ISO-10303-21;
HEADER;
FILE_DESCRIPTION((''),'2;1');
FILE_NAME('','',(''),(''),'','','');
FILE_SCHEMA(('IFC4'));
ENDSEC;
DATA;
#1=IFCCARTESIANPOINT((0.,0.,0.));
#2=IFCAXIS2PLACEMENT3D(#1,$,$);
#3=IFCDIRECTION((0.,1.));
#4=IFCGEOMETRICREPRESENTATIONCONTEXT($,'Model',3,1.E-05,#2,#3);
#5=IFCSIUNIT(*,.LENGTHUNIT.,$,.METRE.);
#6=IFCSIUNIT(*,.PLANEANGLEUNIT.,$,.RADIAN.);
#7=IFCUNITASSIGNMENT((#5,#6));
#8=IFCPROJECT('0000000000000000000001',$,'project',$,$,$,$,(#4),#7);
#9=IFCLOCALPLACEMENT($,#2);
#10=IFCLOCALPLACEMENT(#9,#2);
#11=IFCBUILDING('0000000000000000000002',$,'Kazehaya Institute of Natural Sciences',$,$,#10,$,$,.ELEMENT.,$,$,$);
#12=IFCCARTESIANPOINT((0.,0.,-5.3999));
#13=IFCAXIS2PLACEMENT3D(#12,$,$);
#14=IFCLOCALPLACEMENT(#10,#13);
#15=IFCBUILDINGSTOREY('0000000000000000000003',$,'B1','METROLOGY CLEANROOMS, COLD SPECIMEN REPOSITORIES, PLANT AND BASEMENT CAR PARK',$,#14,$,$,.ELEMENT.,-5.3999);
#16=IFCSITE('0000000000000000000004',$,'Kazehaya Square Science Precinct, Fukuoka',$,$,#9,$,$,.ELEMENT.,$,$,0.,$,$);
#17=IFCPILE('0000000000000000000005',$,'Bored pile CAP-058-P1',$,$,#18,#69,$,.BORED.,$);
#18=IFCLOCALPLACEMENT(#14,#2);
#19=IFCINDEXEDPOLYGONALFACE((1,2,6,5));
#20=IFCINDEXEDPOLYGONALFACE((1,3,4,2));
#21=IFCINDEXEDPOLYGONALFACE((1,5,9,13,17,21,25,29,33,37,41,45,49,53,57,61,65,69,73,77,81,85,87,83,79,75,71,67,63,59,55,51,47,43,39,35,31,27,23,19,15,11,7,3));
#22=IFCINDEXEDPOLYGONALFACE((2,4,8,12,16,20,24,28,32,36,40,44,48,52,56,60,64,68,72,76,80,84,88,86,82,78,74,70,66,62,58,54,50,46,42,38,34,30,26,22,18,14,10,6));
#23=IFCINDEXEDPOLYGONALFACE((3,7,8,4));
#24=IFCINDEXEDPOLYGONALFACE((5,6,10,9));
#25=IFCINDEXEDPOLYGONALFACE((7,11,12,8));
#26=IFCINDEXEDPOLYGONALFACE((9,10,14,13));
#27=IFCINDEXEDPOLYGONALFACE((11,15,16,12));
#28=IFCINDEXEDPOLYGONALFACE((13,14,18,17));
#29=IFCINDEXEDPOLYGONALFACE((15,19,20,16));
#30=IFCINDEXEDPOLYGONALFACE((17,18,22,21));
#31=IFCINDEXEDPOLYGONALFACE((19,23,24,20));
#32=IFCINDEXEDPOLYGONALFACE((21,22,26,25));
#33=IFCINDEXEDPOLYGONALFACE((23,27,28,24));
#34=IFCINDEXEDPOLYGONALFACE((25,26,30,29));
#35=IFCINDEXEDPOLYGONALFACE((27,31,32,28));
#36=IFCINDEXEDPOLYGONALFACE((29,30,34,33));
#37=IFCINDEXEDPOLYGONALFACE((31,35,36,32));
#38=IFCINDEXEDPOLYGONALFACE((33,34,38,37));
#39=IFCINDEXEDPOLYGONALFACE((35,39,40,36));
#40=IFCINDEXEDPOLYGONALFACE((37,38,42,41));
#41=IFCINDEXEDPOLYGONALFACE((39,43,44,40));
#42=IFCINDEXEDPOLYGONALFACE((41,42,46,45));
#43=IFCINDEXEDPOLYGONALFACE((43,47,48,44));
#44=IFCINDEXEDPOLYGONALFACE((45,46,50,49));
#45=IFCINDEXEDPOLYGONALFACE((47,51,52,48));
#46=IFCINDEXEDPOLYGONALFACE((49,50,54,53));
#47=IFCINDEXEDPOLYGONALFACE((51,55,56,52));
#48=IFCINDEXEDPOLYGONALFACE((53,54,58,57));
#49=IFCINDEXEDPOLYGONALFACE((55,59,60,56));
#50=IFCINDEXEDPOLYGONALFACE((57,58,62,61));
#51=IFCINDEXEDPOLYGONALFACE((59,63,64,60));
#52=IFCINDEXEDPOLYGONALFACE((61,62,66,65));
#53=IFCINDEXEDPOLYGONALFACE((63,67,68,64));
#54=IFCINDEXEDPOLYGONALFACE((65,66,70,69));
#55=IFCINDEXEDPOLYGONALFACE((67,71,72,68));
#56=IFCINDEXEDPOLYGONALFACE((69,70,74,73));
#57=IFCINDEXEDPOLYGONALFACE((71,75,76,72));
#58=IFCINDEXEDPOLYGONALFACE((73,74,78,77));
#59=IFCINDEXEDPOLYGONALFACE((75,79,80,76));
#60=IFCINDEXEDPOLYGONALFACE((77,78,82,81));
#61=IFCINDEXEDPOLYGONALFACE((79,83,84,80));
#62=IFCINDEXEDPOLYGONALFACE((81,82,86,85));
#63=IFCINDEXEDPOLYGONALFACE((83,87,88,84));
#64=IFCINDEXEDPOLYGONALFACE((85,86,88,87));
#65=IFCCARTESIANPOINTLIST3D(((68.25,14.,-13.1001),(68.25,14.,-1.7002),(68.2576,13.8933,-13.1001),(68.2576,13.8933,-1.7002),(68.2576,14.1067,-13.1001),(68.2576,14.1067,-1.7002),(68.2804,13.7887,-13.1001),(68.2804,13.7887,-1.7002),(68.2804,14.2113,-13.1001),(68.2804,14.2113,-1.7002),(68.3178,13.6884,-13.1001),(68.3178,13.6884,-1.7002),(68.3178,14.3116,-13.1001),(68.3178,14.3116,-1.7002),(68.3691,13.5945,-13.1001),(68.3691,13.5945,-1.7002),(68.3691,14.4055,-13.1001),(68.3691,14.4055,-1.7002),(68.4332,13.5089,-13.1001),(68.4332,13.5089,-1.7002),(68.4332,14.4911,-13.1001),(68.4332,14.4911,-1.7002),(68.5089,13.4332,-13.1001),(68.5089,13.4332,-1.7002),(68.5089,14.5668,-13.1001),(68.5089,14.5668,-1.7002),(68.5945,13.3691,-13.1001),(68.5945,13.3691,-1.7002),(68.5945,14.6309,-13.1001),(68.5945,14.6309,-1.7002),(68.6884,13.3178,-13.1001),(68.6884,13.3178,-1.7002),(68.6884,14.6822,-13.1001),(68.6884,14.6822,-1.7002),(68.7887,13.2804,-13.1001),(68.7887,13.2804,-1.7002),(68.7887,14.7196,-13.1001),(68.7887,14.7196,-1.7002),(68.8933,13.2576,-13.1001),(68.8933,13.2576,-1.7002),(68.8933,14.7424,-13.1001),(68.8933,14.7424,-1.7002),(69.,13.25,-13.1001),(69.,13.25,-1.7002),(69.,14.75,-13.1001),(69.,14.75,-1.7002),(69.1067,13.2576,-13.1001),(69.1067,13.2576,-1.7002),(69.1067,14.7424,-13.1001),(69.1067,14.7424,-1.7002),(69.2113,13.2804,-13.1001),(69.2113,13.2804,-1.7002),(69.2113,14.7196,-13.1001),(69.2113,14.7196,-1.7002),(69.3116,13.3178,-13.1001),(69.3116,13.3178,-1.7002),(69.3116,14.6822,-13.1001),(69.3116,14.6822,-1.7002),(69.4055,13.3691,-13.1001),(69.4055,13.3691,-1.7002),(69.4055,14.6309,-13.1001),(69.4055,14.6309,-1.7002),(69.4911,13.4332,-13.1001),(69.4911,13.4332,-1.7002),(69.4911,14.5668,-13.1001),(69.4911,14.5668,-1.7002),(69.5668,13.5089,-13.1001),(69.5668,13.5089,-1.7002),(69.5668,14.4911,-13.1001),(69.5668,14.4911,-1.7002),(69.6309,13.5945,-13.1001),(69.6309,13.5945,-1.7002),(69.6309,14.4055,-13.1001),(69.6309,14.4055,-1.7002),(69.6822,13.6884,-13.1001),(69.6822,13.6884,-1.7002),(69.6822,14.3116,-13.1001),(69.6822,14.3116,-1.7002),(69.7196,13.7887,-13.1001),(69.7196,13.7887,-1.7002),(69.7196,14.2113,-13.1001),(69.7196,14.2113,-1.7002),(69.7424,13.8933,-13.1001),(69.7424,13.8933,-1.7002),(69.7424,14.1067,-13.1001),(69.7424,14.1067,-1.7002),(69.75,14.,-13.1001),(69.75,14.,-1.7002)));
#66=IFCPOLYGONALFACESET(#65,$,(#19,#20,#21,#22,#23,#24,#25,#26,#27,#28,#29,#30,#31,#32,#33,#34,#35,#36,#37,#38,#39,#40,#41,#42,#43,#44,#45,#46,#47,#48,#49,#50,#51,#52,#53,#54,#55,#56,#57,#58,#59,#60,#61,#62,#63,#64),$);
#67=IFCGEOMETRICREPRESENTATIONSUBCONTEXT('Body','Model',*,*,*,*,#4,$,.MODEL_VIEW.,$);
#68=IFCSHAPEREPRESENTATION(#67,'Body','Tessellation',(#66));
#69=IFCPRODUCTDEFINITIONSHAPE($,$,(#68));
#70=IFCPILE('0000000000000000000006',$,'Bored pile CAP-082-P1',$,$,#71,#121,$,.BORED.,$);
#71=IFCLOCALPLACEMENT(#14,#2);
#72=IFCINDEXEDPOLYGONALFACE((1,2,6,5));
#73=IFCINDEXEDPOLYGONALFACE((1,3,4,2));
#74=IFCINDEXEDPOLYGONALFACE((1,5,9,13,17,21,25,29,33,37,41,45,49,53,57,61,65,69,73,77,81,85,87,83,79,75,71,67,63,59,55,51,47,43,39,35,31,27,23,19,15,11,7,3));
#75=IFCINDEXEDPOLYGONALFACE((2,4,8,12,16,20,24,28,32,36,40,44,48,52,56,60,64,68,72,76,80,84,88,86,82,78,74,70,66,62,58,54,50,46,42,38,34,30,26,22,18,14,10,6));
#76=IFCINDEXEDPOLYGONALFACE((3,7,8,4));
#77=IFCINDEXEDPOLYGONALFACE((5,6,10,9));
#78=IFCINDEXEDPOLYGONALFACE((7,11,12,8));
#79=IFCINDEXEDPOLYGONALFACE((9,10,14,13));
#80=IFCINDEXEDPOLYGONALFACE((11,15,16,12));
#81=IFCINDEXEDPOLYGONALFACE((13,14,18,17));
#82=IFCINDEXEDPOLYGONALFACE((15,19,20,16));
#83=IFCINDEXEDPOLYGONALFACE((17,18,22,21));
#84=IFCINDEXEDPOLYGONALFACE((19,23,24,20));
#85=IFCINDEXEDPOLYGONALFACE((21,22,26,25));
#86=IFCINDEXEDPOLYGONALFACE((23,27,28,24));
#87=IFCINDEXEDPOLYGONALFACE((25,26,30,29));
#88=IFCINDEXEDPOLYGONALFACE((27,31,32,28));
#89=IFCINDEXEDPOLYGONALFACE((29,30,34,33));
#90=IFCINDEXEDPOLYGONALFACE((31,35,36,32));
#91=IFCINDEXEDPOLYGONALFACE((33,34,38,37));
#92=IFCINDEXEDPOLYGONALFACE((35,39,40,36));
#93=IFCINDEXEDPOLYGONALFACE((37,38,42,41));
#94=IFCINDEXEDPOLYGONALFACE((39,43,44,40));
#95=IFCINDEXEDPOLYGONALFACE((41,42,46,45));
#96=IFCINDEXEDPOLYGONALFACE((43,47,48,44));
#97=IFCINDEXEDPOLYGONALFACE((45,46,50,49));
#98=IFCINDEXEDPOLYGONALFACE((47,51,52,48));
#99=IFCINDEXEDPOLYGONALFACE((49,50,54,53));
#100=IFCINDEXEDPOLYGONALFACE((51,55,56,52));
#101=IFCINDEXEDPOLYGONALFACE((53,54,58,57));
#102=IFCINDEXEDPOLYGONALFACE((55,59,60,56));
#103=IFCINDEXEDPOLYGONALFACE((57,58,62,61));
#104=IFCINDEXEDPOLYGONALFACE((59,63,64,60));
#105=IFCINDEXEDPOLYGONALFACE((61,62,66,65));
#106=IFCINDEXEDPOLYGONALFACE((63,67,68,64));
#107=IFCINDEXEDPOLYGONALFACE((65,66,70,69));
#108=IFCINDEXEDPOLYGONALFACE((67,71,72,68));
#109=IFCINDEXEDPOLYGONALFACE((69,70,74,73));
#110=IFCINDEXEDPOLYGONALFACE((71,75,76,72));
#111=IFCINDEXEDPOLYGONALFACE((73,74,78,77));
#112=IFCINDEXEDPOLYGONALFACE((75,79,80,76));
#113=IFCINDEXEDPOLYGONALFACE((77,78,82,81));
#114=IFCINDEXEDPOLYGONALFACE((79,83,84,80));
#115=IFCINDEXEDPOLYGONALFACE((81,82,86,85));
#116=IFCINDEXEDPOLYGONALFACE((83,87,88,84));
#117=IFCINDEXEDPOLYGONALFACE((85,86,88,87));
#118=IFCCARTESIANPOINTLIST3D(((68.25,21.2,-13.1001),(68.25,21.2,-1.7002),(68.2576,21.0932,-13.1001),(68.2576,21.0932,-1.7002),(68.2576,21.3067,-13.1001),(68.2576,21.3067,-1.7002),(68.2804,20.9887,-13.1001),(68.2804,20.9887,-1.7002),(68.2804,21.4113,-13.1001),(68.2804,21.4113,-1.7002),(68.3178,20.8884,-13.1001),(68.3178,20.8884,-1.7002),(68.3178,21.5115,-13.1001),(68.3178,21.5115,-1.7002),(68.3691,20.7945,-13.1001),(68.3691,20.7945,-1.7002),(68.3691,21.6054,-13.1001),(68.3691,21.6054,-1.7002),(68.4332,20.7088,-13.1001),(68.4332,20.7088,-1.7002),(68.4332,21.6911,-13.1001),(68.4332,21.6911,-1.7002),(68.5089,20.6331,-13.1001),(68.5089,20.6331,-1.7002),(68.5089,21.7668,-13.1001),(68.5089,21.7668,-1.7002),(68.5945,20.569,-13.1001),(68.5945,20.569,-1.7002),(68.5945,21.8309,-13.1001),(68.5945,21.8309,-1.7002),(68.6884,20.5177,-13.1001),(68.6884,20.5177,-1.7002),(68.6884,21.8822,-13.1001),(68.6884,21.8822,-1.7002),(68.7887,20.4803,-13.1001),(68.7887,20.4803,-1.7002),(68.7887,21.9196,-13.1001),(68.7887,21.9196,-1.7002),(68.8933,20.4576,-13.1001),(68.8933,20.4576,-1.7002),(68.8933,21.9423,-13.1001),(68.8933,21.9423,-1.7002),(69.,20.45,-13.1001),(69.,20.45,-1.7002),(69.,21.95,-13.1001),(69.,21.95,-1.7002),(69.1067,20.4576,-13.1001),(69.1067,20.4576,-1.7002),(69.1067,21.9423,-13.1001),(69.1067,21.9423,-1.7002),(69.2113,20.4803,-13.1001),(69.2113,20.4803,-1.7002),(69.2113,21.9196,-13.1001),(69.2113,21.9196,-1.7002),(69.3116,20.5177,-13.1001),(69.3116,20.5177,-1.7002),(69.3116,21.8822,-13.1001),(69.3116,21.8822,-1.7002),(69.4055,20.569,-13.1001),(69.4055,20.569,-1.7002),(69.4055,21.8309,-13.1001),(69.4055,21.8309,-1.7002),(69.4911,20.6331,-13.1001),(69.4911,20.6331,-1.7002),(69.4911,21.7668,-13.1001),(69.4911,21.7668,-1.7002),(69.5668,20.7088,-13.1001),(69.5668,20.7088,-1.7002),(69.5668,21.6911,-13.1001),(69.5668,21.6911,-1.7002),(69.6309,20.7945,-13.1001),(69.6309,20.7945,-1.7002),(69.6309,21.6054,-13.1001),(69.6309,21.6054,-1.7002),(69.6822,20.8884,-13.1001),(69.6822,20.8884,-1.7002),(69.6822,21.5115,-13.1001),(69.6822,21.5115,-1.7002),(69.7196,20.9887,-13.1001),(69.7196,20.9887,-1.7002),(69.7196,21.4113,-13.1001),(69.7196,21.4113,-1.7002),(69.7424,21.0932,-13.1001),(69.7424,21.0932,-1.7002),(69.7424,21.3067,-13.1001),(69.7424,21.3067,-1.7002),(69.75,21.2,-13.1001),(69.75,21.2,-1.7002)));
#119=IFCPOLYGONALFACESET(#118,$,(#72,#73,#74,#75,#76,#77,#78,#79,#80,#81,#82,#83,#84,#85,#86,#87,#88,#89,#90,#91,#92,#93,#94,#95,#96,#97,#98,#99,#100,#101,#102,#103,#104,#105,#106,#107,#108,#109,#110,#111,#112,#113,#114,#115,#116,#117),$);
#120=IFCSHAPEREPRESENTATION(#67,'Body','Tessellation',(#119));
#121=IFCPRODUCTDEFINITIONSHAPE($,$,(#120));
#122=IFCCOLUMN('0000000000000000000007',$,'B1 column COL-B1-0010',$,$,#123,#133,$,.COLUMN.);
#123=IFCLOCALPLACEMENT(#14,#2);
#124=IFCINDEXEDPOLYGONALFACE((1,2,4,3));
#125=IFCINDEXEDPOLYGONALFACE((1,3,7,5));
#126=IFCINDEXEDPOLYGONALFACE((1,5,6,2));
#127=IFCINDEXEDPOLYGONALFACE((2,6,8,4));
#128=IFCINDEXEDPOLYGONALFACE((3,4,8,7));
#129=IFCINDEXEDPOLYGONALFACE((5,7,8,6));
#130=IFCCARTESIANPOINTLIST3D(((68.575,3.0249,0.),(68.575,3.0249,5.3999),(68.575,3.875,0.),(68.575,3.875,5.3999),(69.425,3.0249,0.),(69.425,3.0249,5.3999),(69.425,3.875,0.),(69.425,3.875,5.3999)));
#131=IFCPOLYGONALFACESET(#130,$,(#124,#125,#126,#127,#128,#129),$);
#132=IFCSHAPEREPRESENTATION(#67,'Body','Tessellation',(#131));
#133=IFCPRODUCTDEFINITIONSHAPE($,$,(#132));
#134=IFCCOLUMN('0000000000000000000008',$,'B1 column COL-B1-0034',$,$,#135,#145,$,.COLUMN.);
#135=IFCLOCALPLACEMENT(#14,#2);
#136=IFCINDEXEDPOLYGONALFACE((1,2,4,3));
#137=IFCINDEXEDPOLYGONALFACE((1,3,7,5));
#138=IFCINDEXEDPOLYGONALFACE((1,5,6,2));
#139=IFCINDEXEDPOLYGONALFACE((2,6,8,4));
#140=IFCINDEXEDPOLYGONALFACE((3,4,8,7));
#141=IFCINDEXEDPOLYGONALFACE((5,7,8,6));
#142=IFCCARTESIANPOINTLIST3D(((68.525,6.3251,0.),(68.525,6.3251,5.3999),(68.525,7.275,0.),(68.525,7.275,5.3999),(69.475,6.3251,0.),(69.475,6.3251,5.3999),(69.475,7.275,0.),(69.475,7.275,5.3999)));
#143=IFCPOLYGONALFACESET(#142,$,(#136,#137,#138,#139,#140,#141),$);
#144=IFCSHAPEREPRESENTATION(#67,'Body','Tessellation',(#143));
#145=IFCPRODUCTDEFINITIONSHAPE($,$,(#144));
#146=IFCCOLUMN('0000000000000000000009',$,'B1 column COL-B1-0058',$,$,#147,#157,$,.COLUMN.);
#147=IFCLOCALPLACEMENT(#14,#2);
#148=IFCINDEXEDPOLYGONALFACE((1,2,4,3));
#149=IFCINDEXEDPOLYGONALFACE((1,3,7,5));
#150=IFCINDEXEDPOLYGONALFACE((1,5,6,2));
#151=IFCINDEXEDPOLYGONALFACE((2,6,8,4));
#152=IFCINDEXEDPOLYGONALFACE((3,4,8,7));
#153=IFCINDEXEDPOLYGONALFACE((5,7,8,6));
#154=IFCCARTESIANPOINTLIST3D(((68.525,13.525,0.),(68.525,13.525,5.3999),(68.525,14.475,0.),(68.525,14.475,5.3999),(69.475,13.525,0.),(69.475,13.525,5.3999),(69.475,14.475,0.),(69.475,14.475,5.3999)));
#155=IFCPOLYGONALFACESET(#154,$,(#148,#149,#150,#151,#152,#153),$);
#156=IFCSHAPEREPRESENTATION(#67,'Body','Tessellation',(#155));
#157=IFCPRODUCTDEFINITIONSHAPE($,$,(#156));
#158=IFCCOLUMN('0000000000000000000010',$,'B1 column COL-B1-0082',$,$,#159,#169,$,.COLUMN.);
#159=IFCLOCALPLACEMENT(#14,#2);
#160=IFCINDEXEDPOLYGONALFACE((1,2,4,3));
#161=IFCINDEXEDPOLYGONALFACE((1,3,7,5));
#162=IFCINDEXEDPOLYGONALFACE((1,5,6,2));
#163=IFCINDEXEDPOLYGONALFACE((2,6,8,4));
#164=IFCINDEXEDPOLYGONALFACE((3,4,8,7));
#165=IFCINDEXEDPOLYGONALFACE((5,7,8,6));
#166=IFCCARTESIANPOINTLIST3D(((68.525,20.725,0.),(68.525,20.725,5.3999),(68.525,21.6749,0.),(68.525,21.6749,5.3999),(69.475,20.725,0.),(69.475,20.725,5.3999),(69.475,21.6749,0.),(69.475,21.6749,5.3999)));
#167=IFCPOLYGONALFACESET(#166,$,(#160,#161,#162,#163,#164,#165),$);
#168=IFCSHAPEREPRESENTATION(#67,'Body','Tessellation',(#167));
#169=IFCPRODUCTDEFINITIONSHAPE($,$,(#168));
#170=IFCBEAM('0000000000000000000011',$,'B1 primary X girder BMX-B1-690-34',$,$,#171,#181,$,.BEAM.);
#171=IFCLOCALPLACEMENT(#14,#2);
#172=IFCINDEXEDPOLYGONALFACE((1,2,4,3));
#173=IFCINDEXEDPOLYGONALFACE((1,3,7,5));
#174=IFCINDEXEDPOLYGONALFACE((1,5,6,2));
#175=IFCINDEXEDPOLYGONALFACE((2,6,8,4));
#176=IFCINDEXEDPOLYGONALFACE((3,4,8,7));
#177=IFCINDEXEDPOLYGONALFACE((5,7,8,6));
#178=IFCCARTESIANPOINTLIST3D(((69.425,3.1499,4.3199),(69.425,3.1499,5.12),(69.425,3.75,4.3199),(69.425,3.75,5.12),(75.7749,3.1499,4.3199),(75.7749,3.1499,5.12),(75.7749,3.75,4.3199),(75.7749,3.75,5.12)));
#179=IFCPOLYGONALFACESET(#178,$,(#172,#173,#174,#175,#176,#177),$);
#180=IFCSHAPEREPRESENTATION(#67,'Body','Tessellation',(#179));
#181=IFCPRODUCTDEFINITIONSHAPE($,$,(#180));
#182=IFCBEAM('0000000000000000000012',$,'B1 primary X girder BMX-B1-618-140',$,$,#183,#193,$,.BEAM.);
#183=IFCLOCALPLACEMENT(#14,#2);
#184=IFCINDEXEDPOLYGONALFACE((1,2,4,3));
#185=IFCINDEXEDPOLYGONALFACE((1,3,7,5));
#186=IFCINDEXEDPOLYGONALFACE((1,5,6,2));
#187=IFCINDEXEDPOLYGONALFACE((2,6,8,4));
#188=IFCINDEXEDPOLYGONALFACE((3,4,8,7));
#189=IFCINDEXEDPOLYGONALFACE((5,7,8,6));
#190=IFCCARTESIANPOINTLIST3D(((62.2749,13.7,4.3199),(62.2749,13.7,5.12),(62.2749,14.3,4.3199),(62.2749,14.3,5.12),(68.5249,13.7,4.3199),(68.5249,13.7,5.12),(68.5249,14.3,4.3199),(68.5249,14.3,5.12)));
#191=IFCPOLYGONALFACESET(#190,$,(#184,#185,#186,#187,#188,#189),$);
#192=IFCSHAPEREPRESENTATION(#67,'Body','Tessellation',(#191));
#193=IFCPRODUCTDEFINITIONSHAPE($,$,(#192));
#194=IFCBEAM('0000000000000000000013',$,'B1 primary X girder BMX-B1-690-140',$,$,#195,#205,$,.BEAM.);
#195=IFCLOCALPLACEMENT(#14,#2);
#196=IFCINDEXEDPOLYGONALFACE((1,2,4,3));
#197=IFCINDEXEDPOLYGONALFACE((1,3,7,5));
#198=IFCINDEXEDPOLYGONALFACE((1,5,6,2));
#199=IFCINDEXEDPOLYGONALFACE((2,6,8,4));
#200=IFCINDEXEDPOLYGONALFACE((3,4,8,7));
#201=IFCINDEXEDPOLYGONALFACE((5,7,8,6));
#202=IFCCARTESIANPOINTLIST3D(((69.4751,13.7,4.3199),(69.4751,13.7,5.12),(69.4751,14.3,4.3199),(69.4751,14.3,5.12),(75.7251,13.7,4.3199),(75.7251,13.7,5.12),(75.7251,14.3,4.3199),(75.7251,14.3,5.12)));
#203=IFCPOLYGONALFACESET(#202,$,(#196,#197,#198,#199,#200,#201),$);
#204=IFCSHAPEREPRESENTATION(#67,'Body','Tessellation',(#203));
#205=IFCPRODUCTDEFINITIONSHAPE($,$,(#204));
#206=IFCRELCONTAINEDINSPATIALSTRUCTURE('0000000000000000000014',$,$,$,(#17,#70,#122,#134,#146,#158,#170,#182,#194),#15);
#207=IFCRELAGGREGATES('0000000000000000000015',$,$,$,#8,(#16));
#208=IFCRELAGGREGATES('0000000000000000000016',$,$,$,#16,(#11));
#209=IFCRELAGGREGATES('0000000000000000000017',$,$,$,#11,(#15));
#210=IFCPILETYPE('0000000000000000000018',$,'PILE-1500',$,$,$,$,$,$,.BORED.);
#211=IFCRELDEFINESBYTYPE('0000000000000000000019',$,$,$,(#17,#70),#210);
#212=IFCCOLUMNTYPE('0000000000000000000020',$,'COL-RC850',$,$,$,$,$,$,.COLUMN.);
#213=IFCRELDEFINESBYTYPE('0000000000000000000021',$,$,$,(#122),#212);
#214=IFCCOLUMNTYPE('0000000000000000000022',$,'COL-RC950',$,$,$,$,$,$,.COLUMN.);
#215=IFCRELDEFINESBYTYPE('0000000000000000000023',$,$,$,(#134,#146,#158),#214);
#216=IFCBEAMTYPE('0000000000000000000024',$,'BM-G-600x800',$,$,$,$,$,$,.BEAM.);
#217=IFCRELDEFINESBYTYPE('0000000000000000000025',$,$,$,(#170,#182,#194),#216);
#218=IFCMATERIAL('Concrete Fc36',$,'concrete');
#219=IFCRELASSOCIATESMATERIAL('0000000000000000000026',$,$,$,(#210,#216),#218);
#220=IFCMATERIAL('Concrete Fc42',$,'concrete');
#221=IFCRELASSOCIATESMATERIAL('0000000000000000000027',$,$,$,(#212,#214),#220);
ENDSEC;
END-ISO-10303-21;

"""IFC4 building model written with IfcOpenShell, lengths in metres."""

from ifc_helpers import new_model, si_unit, direction, frame, origin, origin_2d, place, context, subcontext, project, spatial, rectangle, circle, extrude, material, material_profile, profile_set, type_object, element, save


model = new_model("IFC4")

# Units and contexts
model_context = context("Model", 3, precision=1e-05, world=origin(), true_north=direction((0.0, 1.0)))
body_context = subcontext(model_context, "Body", "Model", "MODEL_VIEW")
ifc_project = project(units=[si_unit("LENGTHUNIT", "METRE"), si_unit("PLANEANGLEUNIT", "RADIAN")], contexts=[model_context])

# Site, building, storey
site_placement = place(None, origin())
site = spatial("IfcSite", under=ifc_project, at=site_placement, Name="Kazehaya Square Science Precinct, Fukuoka", CompositionType="ELEMENT", RefElevation=0.0)
building_placement = place(site_placement, origin())
building = spatial("IfcBuilding", under=site, at=building_placement, Name="Kazehaya Institute of Natural Sciences", CompositionType="ELEMENT")
storey_placement = place(building_placement, frame((0.0, 0.0, -5.3999)))
storey = spatial("IfcBuildingStorey", under=building, at=storey_placement, Name="B1", Description="METROLOGY CLEANROOMS, COLD SPECIMEN REPOSITORIES, PLANT AND BASEMENT CAR PARK", CompositionType="ELEMENT", Elevation=-5.3999)

# Shared definitions
ifc_material_1 = material(Name="Concrete Fc36", Category="concrete")

# Piles
ifc_material_profile_1 = material_profile(ifc_material_1, circle(Radius=0.75, at=origin_2d()), Name="PILE-1500")
ifc_profile_set_1 = profile_set([ifc_material_profile_1], Name="Concrete Fc36")
pile_type_1 = type_object("IfcPileType", Name="PILE-1500", PredefinedType="BORED", material=ifc_profile_set_1)
for number, where, z_axis, x_axis, name in (
    (1, (69.0, 14.0, -1.7002), (0.0, 0.0, -1.0), (1.0, 0.0, 0.0), "Bored pile CAP-058-P1"),
    (2, (69.0, 21.2, -1.7002), (0.0, 0.0, -1.0), (1.0, 0.0, 0.0), "Bored pile CAP-082-P1"),
):
    element("IfcPile", number, at=place(storey_placement, frame(where, z_axis=z_axis, x_axis=x_axis)), inside=storey, type_object=pile_type_1, Name=name, PredefinedType="BORED", context=body_context, shape_type="SweptSolid", body=[
        extrude(circle(Radius=0.75, at=origin_2d()), origin(), (0.0, 0.0, 1.0), 11.3999),
    ])

# Columns
ifc_material_2 = material(Name="Concrete Fc42", Category="concrete")
ifc_material_profile_2 = material_profile(ifc_material_2, rectangle(XDim=0.8501, YDim=0.8501, at=origin_2d()), Name="RC-850x850")
ifc_profile_set_2 = profile_set([ifc_material_profile_2], Name="Concrete Fc42")
column_type_1 = type_object("IfcColumnType", Name="COL-RC850", PredefinedType="COLUMN", material=ifc_profile_set_2)
column_placement = place(storey_placement, frame((69.0, 3.45, 0.0), z_axis=(0.0, 0.0, 1.0), x_axis=(1.0, 0.0, 0.0)))
element("IfcColumn", 3, at=column_placement, inside=storey, type_object=column_type_1, Name="B1 column COL-B1-0010", PredefinedType="COLUMN", context=body_context, shape_type="SweptSolid", body=[
    extrude(rectangle(XDim=0.8501, YDim=0.8501, at=origin_2d()), origin(), (0.0, 0.0, 1.0), 5.3999),
])
ifc_material_profile_3 = material_profile(ifc_material_2, rectangle(XDim=0.95, YDim=0.95, at=origin_2d()), Name="RC-950x950")
ifc_profile_set_3 = profile_set([ifc_material_profile_3], Name="Concrete Fc42")
column_type_2 = type_object("IfcColumnType", Name="COL-RC950", PredefinedType="COLUMN", material=ifc_profile_set_3)
for number, where, z_axis, x_axis, name in (
    (4, (69.0, 6.8, 0.0), (0.0, 0.0, 1.0), (1.0, 0.0, 0.0), "B1 column COL-B1-0034"),
    (5, (69.0, 14.0, 0.0), (0.0, 0.0, 1.0), (1.0, 0.0, 0.0), "B1 column COL-B1-0058"),
    (6, (69.0, 21.2, 0.0), (0.0, 0.0, 1.0), (1.0, 0.0, 0.0), "B1 column COL-B1-0082"),
):
    element("IfcColumn", number, at=place(storey_placement, frame(where, z_axis=z_axis, x_axis=x_axis)), inside=storey, type_object=column_type_2, Name=name, PredefinedType="COLUMN", context=body_context, shape_type="SweptSolid", body=[
        extrude(rectangle(XDim=0.95, YDim=0.95, at=origin_2d()), origin(), (0.0, 0.0, 1.0), 5.3999),
    ])

# Beams
ifc_material_profile_4 = material_profile(ifc_material_1, rectangle(XDim=0.6001, YDim=0.8, at=origin_2d()), Name="RC-600x800")
ifc_profile_set_4 = profile_set([ifc_material_profile_4], Name="Concrete Fc36")
beam_type = type_object("IfcBeamType", Name="BM-G-600x800", PredefinedType="BEAM", material=ifc_profile_set_4)
beam_1_placement = place(storey_placement, frame((69.425, 3.45, 4.72), z_axis=(1.0, 0.0, 0.0), x_axis=(0.0, 1.0, 0.0)))
element("IfcBeam", 7, at=beam_1_placement, inside=storey, type_object=beam_type, Name="B1 primary X girder BMX-B1-690-34", PredefinedType="BEAM", context=body_context, shape_type="SweptSolid", body=[
    extrude(rectangle(XDim=0.6001, YDim=0.8, at=origin_2d()), origin(), (0.0, 0.0, 1.0), 6.3499),
])
for number, where, z_axis, x_axis, name in (
    (8, (62.2749, 14.0, 4.72), (1.0, 0.0, 0.0), (0.0, 1.0, 0.0), "B1 primary X girder BMX-B1-618-140"),
    (9, (69.4751, 14.0, 4.72), (1.0, 0.0, 0.0), (0.0, 1.0, 0.0), "B1 primary X girder BMX-B1-690-140"),
):
    element("IfcBeam", number, at=place(storey_placement, frame(where, z_axis=z_axis, x_axis=x_axis)), inside=storey, type_object=beam_type, Name=name, PredefinedType="BEAM", context=body_context, shape_type="SweptSolid", body=[
        extrude(rectangle(XDim=0.6001, YDim=0.8, at=origin_2d()), origin(), (0.0, 0.0, 1.0), 6.25),
    ])

save(model, "model.ifc")
